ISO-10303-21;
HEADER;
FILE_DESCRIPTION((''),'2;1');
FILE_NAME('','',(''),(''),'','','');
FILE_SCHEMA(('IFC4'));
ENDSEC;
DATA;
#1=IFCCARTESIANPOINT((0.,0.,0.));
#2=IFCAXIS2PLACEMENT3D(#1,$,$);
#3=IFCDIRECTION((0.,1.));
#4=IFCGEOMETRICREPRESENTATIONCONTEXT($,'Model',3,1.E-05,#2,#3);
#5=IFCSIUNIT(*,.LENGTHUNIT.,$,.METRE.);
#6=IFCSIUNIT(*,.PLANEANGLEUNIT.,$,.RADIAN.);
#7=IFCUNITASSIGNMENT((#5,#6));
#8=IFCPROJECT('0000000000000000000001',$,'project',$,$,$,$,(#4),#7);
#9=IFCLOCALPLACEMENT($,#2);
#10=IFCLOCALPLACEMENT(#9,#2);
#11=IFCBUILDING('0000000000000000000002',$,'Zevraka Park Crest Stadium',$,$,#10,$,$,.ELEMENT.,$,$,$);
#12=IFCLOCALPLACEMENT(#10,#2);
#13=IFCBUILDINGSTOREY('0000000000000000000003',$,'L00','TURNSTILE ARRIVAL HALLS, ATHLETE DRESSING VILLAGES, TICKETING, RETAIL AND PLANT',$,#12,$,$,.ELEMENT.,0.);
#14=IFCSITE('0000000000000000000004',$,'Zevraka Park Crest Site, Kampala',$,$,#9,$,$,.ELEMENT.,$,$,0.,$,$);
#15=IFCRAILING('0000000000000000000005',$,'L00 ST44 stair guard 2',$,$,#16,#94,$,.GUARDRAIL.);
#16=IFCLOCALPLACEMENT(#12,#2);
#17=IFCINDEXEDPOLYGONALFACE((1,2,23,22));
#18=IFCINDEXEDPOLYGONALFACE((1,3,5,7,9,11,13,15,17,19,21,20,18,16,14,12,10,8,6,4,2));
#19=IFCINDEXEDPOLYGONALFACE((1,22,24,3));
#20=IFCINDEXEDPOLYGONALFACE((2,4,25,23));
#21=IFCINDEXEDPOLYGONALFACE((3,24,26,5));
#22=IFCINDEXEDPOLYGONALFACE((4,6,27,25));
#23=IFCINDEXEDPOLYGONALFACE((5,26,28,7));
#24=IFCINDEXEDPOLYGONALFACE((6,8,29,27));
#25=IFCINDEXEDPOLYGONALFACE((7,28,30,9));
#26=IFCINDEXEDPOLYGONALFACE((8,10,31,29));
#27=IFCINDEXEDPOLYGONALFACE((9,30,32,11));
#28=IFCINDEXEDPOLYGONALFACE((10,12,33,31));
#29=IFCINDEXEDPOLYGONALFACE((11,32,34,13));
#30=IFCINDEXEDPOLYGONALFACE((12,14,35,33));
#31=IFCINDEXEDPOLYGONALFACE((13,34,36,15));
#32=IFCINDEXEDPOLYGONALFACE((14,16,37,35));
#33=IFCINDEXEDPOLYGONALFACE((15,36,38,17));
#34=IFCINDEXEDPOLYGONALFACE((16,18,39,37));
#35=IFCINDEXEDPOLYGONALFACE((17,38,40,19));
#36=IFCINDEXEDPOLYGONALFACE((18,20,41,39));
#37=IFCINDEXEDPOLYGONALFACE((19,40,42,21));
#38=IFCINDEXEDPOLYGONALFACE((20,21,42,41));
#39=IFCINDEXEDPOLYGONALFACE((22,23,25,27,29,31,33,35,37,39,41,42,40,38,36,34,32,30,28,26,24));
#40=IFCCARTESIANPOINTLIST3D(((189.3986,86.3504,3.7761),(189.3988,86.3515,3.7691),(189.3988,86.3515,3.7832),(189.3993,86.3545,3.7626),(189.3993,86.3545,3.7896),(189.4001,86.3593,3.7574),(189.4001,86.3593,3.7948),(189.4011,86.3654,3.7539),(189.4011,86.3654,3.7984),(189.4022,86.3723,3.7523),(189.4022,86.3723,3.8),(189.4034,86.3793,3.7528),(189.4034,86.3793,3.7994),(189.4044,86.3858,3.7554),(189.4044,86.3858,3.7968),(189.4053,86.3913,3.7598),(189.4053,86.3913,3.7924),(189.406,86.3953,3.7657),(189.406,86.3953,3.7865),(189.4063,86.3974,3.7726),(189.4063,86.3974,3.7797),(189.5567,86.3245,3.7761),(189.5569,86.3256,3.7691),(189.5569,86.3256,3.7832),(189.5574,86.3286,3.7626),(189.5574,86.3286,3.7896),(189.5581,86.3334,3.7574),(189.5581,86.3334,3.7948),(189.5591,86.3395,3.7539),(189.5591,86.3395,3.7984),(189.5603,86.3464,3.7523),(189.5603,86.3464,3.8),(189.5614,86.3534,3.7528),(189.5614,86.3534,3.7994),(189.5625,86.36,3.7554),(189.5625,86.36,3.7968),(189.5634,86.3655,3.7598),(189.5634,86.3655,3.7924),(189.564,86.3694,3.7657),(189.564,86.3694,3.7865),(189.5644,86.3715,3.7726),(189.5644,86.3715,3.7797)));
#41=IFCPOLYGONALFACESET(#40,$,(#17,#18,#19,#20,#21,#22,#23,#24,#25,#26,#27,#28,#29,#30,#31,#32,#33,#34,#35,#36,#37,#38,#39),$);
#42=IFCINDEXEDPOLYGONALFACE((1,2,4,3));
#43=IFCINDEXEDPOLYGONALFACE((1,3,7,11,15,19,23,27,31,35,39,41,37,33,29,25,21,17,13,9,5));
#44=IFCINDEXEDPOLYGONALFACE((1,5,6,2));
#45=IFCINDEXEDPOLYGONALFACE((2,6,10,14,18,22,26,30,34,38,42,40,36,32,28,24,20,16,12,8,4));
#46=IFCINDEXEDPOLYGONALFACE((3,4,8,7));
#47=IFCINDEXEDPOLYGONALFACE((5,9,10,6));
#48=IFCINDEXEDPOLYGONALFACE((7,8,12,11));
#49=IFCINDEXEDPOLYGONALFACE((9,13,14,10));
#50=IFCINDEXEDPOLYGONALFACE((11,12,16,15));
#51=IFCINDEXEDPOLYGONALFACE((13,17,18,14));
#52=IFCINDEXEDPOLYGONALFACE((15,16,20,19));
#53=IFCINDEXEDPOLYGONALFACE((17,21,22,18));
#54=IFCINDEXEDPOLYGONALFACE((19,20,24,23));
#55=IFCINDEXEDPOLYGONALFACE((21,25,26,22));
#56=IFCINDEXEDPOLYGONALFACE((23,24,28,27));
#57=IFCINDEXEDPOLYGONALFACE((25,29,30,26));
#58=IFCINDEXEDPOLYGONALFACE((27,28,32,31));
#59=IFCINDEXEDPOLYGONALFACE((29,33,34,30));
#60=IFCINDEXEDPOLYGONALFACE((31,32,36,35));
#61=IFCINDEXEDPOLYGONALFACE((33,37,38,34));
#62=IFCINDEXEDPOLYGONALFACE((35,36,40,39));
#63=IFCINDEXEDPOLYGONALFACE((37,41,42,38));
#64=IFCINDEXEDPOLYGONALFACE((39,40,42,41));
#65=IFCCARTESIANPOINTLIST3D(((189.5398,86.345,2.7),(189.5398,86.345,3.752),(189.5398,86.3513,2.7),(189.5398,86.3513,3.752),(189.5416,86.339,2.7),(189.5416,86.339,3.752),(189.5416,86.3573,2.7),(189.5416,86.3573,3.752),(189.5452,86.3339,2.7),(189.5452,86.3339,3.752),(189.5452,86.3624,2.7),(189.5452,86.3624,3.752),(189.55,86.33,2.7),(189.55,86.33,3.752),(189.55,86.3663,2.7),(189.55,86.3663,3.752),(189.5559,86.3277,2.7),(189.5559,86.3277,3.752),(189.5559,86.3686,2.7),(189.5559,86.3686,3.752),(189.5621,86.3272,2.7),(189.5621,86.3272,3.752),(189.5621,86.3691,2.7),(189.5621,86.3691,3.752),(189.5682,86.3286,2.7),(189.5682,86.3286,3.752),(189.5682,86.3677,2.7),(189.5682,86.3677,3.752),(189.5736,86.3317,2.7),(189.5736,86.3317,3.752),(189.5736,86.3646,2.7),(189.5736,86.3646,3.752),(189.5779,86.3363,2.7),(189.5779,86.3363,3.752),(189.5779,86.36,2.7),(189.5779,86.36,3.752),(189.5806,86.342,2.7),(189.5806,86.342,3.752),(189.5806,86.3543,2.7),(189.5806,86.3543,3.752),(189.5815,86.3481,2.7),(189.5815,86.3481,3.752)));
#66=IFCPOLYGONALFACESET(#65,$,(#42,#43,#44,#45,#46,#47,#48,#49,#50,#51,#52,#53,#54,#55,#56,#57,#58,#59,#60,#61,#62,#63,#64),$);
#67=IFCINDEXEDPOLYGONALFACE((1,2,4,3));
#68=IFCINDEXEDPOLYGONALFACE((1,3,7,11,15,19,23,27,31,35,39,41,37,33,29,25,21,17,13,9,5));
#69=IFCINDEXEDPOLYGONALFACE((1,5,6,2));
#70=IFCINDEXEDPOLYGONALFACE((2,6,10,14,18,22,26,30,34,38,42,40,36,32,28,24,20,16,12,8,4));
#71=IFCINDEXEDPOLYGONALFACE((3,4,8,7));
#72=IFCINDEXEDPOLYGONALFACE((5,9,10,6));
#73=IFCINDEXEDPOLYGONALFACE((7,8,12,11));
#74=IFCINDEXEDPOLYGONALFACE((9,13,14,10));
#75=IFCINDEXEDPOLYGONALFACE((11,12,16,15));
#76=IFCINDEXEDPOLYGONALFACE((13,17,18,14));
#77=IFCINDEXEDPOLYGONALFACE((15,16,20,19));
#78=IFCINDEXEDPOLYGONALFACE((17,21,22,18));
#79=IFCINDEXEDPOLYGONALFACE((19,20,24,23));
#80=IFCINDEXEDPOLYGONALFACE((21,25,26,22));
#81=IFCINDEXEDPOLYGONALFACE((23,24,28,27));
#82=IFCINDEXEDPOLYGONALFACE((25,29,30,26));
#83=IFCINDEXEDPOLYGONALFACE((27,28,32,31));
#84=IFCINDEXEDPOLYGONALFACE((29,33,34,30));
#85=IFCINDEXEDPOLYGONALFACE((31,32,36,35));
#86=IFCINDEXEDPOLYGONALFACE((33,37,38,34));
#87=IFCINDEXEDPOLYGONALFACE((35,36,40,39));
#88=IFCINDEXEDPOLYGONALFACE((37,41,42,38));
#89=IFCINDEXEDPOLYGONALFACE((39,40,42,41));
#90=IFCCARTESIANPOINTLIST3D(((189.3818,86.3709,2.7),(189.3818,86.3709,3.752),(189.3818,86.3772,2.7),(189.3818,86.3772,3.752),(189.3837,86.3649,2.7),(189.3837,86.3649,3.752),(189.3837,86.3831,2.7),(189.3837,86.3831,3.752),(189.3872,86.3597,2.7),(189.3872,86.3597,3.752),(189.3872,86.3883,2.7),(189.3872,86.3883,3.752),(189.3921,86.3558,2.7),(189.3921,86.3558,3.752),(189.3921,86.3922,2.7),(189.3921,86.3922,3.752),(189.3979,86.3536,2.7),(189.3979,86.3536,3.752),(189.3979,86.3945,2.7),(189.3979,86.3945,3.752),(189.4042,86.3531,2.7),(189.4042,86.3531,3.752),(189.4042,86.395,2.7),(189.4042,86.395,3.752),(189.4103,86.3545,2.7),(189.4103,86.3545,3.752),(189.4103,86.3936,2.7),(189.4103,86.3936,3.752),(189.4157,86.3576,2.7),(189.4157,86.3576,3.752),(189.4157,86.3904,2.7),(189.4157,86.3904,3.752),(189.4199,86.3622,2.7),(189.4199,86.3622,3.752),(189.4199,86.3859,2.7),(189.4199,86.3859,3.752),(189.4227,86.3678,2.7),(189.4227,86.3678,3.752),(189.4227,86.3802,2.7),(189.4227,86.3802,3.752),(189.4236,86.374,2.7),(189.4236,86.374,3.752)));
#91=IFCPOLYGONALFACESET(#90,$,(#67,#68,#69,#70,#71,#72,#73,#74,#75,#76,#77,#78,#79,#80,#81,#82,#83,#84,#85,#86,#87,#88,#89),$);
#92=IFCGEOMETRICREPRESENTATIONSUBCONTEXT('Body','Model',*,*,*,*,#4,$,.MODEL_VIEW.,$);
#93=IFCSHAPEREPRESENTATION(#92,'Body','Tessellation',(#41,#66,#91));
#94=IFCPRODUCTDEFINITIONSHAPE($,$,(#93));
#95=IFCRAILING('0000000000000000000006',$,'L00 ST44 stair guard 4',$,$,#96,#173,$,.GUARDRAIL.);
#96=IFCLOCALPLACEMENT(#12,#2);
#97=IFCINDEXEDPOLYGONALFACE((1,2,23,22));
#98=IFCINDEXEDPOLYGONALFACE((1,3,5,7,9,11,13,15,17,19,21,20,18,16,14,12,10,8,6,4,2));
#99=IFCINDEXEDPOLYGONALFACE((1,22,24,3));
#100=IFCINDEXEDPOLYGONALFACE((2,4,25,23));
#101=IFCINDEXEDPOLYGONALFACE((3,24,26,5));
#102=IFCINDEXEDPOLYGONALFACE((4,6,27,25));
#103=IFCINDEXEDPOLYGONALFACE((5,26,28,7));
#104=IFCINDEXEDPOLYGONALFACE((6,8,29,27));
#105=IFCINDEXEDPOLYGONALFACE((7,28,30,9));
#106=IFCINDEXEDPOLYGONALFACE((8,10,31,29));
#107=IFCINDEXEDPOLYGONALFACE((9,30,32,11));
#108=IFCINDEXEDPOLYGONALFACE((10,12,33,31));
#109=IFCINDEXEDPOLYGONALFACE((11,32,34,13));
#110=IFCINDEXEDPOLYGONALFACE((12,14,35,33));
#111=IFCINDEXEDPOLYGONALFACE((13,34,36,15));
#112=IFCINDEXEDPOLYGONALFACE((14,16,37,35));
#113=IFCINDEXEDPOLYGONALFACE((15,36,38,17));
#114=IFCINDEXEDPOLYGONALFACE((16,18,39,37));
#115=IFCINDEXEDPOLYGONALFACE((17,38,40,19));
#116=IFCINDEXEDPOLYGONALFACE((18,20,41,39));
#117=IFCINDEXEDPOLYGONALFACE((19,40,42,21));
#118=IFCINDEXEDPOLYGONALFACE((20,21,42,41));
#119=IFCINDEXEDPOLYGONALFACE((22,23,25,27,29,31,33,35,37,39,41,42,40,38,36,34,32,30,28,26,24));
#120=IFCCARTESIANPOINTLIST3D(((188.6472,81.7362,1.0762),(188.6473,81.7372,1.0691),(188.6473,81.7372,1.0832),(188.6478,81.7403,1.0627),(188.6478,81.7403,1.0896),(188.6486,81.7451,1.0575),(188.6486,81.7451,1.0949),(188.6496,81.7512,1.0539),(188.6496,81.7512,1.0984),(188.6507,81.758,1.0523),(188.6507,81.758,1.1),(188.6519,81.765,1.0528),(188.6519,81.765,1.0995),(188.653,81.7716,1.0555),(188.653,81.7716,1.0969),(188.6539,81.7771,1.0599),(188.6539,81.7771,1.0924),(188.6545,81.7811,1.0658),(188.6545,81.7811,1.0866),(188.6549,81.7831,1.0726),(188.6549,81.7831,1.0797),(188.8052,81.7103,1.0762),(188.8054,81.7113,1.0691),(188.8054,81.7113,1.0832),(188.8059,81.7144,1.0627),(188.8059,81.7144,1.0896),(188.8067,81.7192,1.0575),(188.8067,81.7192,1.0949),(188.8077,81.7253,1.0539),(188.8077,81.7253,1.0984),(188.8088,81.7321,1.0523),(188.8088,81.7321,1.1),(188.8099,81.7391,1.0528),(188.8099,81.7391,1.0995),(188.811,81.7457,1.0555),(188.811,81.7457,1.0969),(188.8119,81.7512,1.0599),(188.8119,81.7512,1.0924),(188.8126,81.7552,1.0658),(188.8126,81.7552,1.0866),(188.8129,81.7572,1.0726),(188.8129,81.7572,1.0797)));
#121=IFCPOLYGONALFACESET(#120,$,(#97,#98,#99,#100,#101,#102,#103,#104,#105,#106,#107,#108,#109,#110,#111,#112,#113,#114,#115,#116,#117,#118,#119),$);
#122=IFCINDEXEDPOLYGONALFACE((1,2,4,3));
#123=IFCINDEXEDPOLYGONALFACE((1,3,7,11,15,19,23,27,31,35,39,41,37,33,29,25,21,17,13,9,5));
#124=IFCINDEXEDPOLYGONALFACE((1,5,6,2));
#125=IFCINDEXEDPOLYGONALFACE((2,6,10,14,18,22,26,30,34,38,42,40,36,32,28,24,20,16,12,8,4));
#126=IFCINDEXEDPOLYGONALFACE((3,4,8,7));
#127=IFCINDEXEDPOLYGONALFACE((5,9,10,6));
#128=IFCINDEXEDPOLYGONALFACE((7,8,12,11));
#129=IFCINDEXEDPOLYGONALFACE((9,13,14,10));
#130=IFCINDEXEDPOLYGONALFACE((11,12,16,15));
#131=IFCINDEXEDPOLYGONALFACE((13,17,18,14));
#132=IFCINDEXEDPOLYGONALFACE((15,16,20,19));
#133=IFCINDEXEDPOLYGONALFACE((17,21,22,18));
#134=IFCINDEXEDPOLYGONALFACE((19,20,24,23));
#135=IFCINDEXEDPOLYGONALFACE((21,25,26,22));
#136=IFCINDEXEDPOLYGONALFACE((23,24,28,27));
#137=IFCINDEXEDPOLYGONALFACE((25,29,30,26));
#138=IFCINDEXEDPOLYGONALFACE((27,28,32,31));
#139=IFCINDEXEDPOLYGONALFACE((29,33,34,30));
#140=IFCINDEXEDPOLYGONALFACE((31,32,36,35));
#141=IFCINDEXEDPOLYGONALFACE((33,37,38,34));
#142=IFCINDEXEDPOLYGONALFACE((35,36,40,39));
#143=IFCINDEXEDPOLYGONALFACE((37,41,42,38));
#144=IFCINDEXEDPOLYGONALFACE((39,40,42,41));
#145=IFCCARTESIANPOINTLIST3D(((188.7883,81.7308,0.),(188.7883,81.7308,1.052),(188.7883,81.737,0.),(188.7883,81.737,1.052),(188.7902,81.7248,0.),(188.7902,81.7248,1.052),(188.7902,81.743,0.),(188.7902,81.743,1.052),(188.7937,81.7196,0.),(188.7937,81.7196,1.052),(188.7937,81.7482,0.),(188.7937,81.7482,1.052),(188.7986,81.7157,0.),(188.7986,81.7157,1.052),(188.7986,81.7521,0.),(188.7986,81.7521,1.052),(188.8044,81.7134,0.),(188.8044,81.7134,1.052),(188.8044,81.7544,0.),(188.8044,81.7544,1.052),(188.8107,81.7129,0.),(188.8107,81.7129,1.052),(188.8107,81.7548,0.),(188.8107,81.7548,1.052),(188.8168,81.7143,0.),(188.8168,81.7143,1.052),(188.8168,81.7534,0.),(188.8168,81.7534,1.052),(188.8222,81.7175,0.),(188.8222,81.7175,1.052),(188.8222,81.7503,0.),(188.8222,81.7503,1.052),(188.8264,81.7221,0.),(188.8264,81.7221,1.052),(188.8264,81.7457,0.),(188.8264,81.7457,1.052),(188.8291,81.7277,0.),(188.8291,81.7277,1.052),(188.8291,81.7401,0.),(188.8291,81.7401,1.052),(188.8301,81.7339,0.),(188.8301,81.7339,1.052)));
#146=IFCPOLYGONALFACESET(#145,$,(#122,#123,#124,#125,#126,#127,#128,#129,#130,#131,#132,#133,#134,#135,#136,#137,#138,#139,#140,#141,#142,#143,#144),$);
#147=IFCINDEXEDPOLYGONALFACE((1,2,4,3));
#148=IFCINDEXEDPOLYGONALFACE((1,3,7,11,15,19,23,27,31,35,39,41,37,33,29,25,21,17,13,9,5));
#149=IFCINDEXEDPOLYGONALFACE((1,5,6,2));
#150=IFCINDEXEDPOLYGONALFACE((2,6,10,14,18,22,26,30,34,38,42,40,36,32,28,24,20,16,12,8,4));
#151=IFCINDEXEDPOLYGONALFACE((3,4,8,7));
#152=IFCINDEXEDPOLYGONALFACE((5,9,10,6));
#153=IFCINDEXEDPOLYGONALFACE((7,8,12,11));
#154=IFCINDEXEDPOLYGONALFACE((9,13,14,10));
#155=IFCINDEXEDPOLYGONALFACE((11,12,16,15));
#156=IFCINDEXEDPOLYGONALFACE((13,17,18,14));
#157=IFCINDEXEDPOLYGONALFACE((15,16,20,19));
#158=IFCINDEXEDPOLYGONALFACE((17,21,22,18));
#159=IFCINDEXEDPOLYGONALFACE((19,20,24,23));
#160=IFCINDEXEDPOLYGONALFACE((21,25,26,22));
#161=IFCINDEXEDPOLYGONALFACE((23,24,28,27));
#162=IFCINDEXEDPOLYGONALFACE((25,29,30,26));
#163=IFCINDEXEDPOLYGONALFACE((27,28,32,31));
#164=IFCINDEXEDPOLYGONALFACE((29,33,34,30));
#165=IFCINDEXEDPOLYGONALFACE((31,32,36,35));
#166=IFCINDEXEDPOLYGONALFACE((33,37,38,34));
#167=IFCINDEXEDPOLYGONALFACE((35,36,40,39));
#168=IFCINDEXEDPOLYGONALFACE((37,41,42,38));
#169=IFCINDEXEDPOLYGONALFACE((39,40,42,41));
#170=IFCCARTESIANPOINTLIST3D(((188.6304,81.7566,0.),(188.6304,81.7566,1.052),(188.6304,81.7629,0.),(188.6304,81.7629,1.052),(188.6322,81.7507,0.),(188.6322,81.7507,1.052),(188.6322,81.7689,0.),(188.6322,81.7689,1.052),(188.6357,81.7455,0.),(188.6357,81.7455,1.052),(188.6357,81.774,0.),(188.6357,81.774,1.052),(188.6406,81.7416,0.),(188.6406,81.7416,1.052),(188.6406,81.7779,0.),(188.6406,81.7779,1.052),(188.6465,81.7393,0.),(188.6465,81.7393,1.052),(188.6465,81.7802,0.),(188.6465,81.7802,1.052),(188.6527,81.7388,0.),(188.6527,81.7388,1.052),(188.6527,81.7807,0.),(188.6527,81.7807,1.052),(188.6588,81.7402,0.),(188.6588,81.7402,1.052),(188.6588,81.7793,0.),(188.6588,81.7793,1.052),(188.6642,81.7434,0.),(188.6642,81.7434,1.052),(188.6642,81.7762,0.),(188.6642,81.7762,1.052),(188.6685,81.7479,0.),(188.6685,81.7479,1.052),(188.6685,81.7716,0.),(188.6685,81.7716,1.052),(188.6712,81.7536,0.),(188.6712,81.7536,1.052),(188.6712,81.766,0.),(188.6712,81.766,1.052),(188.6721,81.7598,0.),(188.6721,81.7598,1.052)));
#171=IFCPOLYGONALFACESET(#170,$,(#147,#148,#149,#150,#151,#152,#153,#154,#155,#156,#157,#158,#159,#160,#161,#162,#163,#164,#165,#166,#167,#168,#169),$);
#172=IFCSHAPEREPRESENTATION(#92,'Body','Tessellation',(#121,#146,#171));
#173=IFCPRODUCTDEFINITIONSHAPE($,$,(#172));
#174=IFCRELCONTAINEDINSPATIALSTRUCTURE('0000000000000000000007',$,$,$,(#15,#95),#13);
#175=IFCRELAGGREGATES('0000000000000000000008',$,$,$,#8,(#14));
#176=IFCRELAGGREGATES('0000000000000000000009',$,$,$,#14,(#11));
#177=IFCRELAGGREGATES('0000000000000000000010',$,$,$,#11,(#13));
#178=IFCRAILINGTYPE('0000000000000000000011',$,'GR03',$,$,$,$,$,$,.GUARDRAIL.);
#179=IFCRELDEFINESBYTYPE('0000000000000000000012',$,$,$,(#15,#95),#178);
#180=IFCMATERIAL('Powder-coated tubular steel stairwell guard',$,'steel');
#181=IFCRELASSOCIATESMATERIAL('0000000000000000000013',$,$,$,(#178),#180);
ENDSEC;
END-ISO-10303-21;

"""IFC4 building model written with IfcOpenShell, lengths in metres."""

from ifc_helpers import new_model, si_unit, direction, frame, origin, origin_2d, place, context, subcontext, project, spatial, circle, extrude, material, type_object, element, save


model = new_model("IFC4")

# Units and contexts
model_context = context("Model", 3, precision=1e-05, world=origin(), true_north=direction((0.0, 1.0)))
body_context = subcontext(model_context, "Body", "Model", "MODEL_VIEW")
ifc_project = project(units=[si_unit("LENGTHUNIT", "METRE"), si_unit("PLANEANGLEUNIT", "RADIAN")], contexts=[model_context])

# Site, building, storey
site_placement = place(None, origin())
site = spatial("IfcSite", under=ifc_project, at=site_placement, Name="Zevraka Park Crest Site, Kampala", CompositionType="ELEMENT", RefElevation=0.0)
building_placement = place(site_placement, origin())
building = spatial("IfcBuilding", under=site, at=building_placement, Name="Zevraka Park Crest Stadium", CompositionType="ELEMENT")
storey_placement = place(building_placement, origin())
storey = spatial("IfcBuildingStorey", under=building, at=storey_placement, Name="L00", Description="TURNSTILE ARRIVAL HALLS, ATHLETE DRESSING VILLAGES, TICKETING, RETAIL AND PLANT", CompositionType="ELEMENT", Elevation=0.0)

# Railings
ifc_material_1 = material(Name="Powder-coated tubular steel stairwell guard", Category="steel")
railing_type_1 = type_object("IfcRailingType", Name="GR03", PredefinedType="GUARDRAIL", material=ifc_material_1)
railing_1_placement = place(storey_placement, frame((189.5605, 86.3481, 2.7)))
element("IfcRailing", 1, at=railing_1_placement, inside=storey, type_object=railing_type_1, Name="L00 ST44 stair guard 2", PredefinedType="GUARDRAIL", context=body_context, shape_type="SweptSolid", body=[
    extrude(circle(Radius=0.0239, at=origin_2d()), frame((0.0, 0.0, 1.0762), z_axis=(-0.986844, 0.161678, 0.0), x_axis=(-0.161678, -0.986844, 0.0)), (0.0, 0.0, 1.0), 0.1602),
    extrude(circle(Radius=0.021, at=origin_2d()), origin(), (0.0, 0.0, 1.0), 1.052),
    extrude(circle(Radius=0.021, at=origin_2d()), frame((-0.158, 0.0259, 0.0)), (0.0, 0.0, 1.0), 1.052),
])
railing_2_placement = place(storey_placement, frame((188.8091, 81.7339, 0.0)))
element("IfcRailing", 2, at=railing_2_placement, inside=storey, type_object=railing_type_1, Name="L00 ST44 stair guard 4", PredefinedType="GUARDRAIL", context=body_context, shape_type="SweptSolid", body=[
    extrude(circle(Radius=0.0239, at=origin_2d()), frame((0.0, 0.0, 1.0762), z_axis=(-0.986844, 0.161678, 0.0), x_axis=(-0.161678, -0.986844, 0.0)), (0.0, 0.0, 1.0), 0.1602),
    extrude(circle(Radius=0.021, at=origin_2d()), origin(), (0.0, 0.0, 1.0), 1.052),
    extrude(circle(Radius=0.021, at=origin_2d()), frame((-0.158, 0.0259, 0.0)), (0.0, 0.0, 1.0), 1.052),
])

save(model, "model.ifc")
